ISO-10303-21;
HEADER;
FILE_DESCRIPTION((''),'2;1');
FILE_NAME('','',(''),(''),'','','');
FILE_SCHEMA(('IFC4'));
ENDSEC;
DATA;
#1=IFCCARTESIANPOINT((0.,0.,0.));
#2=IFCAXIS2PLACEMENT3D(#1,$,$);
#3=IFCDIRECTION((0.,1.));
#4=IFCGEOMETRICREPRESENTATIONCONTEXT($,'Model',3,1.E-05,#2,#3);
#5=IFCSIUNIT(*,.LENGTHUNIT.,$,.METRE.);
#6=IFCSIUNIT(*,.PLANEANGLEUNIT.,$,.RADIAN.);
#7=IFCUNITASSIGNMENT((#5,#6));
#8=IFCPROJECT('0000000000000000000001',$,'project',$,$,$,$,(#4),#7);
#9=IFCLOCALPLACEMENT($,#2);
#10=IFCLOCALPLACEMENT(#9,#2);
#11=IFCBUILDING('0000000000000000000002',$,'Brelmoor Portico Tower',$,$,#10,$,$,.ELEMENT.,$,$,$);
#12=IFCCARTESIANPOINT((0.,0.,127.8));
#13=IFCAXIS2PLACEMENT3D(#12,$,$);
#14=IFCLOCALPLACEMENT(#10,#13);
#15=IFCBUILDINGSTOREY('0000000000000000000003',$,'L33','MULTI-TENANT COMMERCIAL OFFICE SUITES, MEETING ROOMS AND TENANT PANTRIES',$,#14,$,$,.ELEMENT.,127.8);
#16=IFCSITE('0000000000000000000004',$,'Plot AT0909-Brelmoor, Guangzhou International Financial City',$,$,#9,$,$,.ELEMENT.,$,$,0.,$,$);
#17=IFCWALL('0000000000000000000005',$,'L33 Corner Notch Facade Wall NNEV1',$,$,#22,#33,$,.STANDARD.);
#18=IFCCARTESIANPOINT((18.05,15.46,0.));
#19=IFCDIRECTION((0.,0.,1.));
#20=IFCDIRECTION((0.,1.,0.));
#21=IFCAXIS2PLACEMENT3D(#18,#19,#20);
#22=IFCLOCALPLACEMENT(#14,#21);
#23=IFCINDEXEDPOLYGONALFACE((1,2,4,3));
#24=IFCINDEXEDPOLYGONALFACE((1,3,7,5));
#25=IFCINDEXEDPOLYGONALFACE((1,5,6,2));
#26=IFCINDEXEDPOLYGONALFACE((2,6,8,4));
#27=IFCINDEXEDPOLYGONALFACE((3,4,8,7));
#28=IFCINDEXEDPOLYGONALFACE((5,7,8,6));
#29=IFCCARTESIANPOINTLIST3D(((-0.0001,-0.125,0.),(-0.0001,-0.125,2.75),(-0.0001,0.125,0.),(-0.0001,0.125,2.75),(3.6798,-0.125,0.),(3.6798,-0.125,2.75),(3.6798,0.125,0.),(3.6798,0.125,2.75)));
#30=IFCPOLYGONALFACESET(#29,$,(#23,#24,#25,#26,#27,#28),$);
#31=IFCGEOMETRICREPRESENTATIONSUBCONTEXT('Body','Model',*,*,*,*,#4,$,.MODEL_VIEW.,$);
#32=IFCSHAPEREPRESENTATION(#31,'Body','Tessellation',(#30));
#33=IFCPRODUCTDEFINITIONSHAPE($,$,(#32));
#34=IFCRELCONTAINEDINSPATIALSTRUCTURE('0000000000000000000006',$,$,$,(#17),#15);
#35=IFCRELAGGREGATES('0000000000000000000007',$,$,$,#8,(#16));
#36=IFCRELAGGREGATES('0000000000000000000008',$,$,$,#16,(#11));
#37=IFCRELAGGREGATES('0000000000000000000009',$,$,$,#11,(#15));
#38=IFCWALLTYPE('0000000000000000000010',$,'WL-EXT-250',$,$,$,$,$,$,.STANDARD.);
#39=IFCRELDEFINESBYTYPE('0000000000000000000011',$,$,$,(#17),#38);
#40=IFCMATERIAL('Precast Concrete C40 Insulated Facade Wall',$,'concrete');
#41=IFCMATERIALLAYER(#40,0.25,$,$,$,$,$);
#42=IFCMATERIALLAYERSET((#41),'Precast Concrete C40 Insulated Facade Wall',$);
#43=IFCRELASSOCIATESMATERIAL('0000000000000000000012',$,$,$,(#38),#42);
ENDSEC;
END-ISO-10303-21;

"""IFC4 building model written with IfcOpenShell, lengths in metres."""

from ifc_helpers import new_model, si_unit, direction, frame, frame_2d, origin, place, context, subcontext, project, spatial, rectangle, extrude, material, layer, layer_set, type_object, element, save


model = new_model("IFC4")

# Units and contexts
model_context = context("Model", 3, precision=1e-05, world=origin(), true_north=direction((0.0, 1.0)))
body_context = subcontext(model_context, "Body", "Model", "MODEL_VIEW")
ifc_project = project(units=[si_unit("LENGTHUNIT", "METRE"), si_unit("PLANEANGLEUNIT", "RADIAN")], contexts=[model_context])

# Site, building, storey
site_placement = place(None, origin())
site = spatial("IfcSite", under=ifc_project, at=site_placement, Name="Plot AT0909-Brelmoor, Guangzhou International Financial City", CompositionType="ELEMENT", RefElevation=0.0)
building_placement = place(site_placement, origin())
building = spatial("IfcBuilding", under=site, at=building_placement, Name="Brelmoor Portico Tower", CompositionType="ELEMENT")
storey_placement = place(building_placement, frame((0.0, 0.0, 127.8)))
storey = spatial("IfcBuildingStorey", under=building, at=storey_placement, Name="L33", Description="MULTI-TENANT COMMERCIAL OFFICE SUITES, MEETING ROOMS AND TENANT PANTRIES", CompositionType="ELEMENT", Elevation=127.8)

# Wall
ifc_material_1 = material(Name="Precast Concrete C40 Insulated Facade Wall", Category="concrete")
ifc_layer_1 = layer(ifc_material_1, 0.25)
ifc_layer_set_1 = layer_set([ifc_layer_1], Name="Precast Concrete C40 Insulated Facade Wall")
wall_type_1 = type_object("IfcWallType", Name="WL-EXT-250", PredefinedType="STANDARD", material=ifc_layer_set_1)
for number, where, z_axis, x_axis, name in (
    (1, (18.05, 15.46, 0.0), (0.0, 0.0, 1.0), (0.0, 1.0, 0.0), "L33 Corner Notch Facade Wall NNEV1"),
):
    element("IfcWall", number, at=place(storey_placement, frame(where, z_axis=z_axis, x_axis=x_axis)), inside=storey, type_object=wall_type_1, Name=name, PredefinedType="STANDARD", context=body_context, shape_type="SweptSolid", body=[
        extrude(rectangle(XDim=3.6799, YDim=0.25, at=frame_2d((1.8398, 0.0))), origin(), (0.0, 0.0, 1.0), 2.75),
    ])

save(model, "model.ifc")
